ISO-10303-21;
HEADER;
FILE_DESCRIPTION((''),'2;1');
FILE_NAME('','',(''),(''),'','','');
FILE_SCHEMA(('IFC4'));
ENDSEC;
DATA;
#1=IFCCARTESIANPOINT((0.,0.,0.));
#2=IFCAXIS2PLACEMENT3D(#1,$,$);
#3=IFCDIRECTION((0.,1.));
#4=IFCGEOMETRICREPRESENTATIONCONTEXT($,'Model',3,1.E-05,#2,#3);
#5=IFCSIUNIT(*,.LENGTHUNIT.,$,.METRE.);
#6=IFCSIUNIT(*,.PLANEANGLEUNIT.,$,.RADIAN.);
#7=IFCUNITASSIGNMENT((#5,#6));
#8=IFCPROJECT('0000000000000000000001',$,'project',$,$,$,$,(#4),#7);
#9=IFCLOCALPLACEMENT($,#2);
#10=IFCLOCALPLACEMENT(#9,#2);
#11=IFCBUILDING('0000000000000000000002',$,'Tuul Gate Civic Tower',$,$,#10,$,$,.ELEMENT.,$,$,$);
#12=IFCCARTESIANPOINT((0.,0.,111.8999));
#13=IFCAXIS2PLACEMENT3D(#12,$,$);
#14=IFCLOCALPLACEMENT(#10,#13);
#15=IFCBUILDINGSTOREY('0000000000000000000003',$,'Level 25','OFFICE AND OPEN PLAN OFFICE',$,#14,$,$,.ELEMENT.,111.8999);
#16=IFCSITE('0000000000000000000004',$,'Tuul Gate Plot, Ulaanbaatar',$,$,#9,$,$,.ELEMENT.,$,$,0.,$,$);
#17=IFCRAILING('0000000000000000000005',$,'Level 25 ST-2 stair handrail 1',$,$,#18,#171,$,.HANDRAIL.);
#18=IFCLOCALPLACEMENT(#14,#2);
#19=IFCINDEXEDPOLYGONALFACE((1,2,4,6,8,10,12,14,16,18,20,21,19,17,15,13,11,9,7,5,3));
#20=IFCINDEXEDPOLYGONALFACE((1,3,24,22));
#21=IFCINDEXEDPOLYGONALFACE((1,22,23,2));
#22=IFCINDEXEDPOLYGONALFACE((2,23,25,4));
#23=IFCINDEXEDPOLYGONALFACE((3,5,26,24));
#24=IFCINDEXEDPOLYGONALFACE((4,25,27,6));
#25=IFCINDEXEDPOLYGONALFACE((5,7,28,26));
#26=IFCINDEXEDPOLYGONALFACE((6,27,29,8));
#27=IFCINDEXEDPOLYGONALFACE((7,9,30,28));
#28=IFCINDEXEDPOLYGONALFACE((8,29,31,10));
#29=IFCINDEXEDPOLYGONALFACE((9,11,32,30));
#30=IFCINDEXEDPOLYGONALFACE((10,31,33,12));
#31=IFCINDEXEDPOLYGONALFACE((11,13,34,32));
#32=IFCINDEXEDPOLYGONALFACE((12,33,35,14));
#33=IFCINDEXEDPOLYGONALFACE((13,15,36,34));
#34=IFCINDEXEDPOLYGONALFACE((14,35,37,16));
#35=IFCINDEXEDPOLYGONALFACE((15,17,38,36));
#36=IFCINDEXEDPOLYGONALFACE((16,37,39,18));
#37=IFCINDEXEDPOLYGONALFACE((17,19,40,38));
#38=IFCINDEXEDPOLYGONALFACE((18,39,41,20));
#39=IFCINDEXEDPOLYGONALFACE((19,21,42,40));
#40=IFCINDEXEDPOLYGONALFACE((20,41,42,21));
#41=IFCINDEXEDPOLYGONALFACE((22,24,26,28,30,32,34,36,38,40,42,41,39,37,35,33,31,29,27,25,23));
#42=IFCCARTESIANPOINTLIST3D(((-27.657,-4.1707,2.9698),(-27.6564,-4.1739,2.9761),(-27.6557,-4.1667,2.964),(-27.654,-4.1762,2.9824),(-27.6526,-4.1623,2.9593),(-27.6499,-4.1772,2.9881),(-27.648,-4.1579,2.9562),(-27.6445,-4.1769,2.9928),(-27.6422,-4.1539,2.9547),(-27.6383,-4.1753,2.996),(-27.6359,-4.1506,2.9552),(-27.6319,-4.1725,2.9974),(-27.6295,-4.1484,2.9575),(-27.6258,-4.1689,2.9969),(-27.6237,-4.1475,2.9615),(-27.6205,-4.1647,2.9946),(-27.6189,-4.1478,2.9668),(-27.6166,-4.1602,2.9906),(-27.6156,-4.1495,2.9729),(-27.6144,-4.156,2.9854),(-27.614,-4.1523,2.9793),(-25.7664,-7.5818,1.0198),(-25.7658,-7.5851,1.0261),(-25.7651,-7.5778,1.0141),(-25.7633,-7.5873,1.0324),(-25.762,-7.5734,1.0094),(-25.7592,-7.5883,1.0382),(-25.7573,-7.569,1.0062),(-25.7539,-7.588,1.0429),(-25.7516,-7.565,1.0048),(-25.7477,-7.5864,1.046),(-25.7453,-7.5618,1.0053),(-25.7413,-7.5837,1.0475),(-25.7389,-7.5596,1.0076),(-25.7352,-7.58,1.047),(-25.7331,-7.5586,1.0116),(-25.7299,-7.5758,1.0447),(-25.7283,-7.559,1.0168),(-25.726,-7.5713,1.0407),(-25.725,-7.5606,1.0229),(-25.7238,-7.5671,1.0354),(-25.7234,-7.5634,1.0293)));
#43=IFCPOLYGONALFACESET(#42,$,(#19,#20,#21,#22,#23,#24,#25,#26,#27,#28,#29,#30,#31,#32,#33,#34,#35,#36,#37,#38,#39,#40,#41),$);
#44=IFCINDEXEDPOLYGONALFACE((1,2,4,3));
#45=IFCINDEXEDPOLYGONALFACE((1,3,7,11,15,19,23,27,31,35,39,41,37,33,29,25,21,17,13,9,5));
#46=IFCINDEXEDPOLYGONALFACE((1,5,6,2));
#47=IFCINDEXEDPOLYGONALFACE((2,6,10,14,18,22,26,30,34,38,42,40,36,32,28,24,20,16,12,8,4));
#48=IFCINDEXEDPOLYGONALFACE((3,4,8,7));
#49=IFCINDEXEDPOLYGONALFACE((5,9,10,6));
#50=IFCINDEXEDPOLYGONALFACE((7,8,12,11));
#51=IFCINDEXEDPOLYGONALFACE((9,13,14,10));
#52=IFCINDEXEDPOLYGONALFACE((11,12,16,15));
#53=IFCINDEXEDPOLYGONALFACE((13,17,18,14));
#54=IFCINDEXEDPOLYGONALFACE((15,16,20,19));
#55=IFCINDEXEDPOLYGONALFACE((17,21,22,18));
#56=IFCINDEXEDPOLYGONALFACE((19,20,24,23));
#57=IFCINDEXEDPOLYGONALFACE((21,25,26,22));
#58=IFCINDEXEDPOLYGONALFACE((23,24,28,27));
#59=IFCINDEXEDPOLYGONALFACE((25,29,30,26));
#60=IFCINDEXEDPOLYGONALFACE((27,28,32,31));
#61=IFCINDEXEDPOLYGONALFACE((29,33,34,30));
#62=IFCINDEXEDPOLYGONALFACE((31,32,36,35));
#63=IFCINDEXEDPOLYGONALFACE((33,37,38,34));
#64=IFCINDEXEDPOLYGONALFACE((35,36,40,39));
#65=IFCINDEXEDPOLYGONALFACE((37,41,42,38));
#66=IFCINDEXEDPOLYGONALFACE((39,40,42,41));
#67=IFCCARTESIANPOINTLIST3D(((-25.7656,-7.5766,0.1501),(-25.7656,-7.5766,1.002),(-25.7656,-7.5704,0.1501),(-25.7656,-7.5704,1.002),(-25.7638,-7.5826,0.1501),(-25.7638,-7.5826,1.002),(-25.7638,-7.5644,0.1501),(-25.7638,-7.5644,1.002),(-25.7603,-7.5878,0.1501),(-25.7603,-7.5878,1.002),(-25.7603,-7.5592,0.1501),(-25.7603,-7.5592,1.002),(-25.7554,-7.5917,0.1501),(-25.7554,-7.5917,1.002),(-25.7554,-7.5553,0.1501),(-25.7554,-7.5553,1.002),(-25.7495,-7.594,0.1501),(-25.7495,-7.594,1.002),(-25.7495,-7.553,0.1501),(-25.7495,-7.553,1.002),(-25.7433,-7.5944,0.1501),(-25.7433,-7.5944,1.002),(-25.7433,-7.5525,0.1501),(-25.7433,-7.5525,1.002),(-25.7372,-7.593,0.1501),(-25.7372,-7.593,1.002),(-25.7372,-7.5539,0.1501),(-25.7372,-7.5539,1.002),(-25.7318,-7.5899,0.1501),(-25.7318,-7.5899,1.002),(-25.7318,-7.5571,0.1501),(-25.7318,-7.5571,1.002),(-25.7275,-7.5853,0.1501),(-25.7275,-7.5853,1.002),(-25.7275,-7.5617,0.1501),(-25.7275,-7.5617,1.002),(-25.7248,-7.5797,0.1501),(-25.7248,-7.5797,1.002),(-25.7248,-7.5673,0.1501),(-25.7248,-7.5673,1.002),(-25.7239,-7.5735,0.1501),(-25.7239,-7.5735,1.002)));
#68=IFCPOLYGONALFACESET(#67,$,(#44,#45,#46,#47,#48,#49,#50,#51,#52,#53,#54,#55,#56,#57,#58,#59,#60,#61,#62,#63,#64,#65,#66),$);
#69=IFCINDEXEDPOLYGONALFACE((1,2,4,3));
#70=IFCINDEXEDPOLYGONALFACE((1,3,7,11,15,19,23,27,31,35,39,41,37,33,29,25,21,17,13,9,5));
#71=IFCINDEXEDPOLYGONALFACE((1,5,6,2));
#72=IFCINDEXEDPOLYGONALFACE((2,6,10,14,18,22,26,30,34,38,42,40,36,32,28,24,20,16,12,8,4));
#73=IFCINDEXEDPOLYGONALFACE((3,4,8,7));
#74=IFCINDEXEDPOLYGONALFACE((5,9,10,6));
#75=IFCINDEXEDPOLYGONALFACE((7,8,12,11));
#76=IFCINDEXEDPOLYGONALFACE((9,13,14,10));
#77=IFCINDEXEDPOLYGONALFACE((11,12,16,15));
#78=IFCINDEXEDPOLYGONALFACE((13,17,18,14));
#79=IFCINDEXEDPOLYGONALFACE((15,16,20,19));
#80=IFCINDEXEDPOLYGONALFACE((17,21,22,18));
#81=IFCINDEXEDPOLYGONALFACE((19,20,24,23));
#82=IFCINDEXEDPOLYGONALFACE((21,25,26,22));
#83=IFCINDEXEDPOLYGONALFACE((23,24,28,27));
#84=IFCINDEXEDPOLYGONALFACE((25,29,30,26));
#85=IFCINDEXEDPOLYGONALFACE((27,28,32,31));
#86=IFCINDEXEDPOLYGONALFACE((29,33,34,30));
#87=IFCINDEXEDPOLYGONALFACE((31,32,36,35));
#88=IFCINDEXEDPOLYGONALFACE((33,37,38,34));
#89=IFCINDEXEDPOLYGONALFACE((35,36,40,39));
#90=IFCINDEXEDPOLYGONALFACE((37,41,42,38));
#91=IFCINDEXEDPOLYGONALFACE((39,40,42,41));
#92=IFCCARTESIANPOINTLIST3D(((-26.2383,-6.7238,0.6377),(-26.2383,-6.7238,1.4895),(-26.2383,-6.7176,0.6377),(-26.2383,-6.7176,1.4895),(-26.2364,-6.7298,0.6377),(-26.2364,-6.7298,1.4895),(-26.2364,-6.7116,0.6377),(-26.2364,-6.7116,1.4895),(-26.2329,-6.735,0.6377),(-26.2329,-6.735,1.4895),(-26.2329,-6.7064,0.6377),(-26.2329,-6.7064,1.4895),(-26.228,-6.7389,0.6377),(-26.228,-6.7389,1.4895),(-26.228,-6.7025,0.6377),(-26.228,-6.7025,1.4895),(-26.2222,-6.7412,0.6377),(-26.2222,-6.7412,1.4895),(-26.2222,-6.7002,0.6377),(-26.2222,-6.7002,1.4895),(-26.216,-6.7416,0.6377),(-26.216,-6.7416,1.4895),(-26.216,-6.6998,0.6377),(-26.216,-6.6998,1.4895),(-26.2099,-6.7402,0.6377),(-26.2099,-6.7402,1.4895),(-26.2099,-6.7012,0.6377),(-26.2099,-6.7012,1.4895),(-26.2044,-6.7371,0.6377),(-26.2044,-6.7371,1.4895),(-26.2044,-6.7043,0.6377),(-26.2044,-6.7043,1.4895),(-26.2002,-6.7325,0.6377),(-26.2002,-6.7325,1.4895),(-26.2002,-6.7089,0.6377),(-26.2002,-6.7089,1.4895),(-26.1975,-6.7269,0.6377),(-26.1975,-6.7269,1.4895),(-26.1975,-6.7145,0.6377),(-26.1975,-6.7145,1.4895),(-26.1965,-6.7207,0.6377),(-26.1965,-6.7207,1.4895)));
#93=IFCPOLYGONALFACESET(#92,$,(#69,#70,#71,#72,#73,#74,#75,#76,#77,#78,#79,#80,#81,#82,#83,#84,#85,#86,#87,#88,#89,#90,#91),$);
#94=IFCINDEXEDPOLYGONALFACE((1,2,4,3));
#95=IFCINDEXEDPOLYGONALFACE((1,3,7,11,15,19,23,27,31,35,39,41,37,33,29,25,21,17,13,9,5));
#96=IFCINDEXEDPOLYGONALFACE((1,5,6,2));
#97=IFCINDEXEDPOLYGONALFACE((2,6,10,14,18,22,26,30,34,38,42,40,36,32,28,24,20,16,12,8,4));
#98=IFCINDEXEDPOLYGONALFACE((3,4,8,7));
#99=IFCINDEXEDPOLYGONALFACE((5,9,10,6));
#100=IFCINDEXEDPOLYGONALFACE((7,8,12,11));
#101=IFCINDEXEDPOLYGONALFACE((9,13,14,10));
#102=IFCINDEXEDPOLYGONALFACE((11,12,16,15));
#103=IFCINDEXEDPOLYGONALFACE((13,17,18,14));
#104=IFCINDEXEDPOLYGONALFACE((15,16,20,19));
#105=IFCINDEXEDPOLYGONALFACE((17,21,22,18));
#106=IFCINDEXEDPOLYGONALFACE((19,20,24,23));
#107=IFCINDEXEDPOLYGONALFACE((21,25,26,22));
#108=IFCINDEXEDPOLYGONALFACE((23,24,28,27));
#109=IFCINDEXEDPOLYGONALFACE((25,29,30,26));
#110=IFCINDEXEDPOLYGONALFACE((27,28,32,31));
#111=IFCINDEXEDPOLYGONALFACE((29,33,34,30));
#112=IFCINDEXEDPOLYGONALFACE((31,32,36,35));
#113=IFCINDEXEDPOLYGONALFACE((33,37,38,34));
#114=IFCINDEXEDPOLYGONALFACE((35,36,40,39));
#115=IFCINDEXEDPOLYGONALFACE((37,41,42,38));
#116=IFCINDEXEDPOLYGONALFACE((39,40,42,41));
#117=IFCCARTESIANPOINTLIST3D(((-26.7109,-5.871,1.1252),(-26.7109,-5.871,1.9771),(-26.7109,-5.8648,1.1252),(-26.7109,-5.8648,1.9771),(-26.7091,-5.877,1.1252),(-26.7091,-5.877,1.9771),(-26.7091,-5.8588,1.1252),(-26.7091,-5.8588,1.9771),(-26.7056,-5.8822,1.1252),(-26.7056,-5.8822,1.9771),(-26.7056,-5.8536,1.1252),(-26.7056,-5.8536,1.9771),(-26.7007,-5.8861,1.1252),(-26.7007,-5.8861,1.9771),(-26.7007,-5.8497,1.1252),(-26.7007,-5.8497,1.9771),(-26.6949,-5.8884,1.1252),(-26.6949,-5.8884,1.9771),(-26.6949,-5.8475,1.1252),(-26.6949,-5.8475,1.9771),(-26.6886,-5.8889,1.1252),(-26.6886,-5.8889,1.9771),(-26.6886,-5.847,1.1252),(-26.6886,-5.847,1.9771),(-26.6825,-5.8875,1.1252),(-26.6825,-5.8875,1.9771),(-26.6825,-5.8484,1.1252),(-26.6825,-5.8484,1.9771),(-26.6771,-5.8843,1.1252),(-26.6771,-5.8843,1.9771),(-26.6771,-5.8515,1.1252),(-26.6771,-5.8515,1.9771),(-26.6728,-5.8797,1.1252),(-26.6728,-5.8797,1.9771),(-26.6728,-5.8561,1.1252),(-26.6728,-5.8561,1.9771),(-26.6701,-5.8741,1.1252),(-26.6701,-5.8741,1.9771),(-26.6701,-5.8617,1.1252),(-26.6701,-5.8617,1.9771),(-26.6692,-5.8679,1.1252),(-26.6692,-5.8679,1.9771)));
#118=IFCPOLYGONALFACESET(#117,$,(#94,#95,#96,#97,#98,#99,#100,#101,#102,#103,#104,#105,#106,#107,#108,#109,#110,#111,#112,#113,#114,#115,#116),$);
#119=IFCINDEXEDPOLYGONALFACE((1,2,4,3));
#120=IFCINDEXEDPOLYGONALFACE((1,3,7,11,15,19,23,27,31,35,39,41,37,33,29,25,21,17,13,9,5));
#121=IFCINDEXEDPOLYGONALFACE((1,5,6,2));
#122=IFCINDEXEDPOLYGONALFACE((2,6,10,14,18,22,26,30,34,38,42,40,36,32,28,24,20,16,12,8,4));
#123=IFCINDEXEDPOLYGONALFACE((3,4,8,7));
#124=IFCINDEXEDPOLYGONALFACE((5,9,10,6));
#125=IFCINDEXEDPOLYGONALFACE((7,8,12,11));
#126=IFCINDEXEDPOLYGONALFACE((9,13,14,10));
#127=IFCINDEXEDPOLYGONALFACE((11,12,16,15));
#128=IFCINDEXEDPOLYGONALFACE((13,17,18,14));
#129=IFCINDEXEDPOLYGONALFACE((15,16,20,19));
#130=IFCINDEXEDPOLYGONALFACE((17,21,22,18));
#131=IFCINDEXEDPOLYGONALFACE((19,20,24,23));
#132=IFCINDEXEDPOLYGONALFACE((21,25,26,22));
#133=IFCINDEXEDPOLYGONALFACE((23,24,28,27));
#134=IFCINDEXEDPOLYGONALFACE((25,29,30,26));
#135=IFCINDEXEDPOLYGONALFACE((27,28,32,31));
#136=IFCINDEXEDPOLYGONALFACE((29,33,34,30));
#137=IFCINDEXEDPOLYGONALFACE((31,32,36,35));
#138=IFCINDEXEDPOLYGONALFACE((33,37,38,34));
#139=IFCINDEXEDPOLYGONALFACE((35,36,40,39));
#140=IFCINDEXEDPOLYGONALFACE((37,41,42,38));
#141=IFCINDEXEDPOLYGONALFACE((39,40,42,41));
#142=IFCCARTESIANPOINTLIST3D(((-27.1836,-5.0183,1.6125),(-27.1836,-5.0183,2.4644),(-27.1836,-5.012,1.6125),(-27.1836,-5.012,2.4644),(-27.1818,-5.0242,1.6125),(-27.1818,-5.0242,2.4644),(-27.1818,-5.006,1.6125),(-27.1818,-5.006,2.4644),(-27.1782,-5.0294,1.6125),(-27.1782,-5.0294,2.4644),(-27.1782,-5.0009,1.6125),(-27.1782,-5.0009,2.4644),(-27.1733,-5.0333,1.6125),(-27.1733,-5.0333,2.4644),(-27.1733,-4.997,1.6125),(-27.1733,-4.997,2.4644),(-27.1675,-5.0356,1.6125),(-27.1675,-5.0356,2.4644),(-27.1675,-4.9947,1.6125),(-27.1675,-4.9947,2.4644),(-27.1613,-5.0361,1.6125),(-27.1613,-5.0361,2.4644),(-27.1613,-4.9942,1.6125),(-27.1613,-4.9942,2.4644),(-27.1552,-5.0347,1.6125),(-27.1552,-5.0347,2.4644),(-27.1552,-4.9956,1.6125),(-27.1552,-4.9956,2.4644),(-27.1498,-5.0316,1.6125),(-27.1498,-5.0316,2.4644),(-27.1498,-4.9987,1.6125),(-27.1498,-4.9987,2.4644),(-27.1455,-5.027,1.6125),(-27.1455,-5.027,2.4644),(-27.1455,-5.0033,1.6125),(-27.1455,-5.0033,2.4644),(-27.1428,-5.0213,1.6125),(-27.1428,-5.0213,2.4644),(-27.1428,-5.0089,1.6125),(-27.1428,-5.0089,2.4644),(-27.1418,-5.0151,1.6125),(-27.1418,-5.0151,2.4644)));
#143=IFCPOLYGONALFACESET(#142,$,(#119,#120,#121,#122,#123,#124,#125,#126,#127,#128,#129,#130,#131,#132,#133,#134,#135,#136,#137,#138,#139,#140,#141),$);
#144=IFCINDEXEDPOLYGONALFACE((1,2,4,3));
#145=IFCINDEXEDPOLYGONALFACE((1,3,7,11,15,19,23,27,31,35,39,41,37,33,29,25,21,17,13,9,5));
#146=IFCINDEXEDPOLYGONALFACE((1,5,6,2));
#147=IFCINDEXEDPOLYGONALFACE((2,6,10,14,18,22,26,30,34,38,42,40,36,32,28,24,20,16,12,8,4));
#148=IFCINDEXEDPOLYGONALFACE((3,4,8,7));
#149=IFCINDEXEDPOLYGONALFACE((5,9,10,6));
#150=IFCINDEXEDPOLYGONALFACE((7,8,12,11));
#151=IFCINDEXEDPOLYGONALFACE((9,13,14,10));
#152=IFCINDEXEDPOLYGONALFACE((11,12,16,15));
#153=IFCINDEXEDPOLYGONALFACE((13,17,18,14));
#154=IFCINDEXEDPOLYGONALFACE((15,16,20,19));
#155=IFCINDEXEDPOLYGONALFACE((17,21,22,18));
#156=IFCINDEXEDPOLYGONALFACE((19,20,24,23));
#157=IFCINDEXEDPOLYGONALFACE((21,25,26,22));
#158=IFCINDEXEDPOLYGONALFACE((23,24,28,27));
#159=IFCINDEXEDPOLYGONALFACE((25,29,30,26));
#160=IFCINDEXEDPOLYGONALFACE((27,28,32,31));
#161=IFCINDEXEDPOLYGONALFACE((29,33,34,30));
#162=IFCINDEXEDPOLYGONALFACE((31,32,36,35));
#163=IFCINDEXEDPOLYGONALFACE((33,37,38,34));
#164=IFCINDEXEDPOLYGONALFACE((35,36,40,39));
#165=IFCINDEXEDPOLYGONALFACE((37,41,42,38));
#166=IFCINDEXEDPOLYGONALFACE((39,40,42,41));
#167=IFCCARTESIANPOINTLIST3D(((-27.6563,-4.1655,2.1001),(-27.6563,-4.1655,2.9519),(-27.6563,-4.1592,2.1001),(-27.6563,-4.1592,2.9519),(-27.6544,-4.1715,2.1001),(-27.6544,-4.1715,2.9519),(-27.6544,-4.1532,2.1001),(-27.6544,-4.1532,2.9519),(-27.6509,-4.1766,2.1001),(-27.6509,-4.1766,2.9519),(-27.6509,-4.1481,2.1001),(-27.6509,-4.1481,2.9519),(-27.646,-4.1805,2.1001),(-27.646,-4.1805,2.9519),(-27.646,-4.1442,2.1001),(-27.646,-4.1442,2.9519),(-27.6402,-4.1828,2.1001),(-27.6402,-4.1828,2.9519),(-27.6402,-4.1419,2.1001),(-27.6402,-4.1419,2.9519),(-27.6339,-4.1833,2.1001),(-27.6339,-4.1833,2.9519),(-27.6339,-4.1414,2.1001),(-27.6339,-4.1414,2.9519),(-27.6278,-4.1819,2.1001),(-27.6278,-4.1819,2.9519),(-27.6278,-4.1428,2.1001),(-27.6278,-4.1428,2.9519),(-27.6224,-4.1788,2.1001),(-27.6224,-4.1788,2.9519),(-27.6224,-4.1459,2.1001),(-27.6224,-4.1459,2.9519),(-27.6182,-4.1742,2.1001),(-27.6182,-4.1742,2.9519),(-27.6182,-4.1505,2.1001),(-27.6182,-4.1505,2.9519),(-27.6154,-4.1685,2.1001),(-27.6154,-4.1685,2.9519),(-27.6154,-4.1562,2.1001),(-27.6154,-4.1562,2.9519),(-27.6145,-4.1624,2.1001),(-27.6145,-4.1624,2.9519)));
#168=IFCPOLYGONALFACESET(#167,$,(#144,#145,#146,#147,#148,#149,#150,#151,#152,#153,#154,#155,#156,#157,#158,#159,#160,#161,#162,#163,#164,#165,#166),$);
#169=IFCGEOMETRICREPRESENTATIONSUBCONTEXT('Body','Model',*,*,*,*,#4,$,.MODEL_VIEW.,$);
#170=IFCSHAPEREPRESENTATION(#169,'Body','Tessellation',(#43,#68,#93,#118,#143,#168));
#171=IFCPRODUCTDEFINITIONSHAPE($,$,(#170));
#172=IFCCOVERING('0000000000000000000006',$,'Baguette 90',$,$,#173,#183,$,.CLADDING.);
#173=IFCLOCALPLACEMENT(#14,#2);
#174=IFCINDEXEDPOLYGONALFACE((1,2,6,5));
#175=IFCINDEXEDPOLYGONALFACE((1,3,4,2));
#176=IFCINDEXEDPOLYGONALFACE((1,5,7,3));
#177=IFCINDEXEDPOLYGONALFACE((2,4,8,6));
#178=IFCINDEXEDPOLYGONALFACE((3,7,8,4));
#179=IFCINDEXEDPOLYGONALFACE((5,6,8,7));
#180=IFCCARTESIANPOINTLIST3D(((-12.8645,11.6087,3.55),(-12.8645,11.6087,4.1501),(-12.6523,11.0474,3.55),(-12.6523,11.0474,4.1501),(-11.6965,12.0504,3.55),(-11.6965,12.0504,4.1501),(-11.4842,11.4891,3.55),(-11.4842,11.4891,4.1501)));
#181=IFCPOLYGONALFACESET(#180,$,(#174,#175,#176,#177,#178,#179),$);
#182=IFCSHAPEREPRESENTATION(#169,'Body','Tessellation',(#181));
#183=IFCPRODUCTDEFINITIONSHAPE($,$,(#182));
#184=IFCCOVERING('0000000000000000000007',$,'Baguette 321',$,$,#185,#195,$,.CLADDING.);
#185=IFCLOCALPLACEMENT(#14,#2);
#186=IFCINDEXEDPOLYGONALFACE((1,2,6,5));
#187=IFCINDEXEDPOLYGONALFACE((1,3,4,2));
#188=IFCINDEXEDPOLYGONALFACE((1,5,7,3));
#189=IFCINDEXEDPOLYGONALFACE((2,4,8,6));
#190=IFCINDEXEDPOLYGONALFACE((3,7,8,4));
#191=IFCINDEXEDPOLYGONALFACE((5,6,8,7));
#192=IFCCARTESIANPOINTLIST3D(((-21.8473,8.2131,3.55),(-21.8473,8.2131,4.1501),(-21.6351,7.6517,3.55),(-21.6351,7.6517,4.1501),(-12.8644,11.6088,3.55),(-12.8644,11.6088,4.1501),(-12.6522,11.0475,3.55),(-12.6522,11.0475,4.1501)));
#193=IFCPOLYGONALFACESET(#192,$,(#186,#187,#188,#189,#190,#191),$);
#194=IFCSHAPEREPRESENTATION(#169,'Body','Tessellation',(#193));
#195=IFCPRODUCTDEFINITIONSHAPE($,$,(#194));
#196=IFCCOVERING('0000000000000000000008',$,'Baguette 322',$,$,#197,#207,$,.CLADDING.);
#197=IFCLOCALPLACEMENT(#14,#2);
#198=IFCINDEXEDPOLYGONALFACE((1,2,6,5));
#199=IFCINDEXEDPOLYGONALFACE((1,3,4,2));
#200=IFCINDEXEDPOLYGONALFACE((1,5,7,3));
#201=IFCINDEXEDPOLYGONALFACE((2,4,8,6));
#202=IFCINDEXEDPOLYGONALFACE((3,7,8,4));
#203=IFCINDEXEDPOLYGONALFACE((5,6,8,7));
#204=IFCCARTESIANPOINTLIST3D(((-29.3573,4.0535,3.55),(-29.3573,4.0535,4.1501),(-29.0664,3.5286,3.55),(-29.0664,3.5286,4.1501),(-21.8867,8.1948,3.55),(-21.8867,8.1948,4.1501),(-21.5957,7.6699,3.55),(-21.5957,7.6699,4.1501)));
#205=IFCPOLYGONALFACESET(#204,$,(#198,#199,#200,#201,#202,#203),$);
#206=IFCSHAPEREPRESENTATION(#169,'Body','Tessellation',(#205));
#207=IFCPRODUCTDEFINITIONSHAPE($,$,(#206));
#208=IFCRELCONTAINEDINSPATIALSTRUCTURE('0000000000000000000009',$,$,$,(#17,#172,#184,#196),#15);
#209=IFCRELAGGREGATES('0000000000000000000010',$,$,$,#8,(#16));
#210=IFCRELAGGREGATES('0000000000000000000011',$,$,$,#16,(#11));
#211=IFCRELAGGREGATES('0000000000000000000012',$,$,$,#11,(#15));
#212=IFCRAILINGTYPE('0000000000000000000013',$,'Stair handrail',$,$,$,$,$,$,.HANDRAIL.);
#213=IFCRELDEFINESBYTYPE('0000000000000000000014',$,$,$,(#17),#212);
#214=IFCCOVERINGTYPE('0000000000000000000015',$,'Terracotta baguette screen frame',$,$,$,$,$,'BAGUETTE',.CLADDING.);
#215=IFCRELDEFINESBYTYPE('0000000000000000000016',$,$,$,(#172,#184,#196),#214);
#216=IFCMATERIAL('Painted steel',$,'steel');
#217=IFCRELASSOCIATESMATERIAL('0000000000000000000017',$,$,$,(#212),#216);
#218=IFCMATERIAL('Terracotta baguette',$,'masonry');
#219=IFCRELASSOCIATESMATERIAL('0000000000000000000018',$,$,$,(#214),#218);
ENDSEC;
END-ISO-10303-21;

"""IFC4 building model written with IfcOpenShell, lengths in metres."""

from ifc_helpers import new_model, si_unit, direction, frame, origin, origin_2d, place, context, subcontext, project, spatial, rectangle, circle, extrude, material, material_profile, profile_set, type_object, element, save


model = new_model("IFC4")

# Units and contexts
model_context = context("Model", 3, precision=1e-05, world=origin(), true_north=direction((0.0, 1.0)))
body_context = subcontext(model_context, "Body", "Model", "MODEL_VIEW")
ifc_project = project(units=[si_unit("LENGTHUNIT", "METRE"), si_unit("PLANEANGLEUNIT", "RADIAN")], contexts=[model_context])

# Site, building, storey
site_placement = place(None, origin())
site = spatial("IfcSite", under=ifc_project, at=site_placement, Name="Tuul Gate Plot, Ulaanbaatar", CompositionType="ELEMENT", RefElevation=0.0)
building_placement = place(site_placement, origin())
building = spatial("IfcBuilding", under=site, at=building_placement, Name="Tuul Gate Civic Tower", CompositionType="ELEMENT")
storey_placement = place(building_placement, frame((0.0, 0.0, 111.8999)))
storey = spatial("IfcBuildingStorey", under=building, at=storey_placement, Name="Level 25", Description="OFFICE AND OPEN PLAN OFFICE", CompositionType="ELEMENT", Elevation=111.8999)

# Railing
ifc_material_1 = material(Name="Painted steel", Category="steel")
railing_type_1 = type_object("IfcRailingType", Name="Stair handrail", PredefinedType="HANDRAIL", material=ifc_material_1)
railing_1_placement = place(storey_placement, frame((-25.7449, -7.5735, 0.1501)))
element("IfcRailing", 1, at=railing_1_placement, inside=storey, type_object=railing_type_1, Name="Level 25 ST-2 stair handrail 1", PredefinedType="HANDRAIL", context=body_context, shape_type="SweptSolid", body=[
    extrude(circle(Radius=0.0239, at=origin_2d()), frame((0.0, 0.0, 0.876), z_axis=(-0.433595, 0.782308, 0.447201), x_axis=(-0.874641, -0.484771, 0.0)), (0.0, 0.0, 1.0), 4.3604),
    extrude(circle(Radius=0.021, at=origin_2d()), origin(), (0.0, 0.0, 1.0), 0.8518),
    extrude(circle(Radius=0.021, at=origin_2d()), frame((-0.4727, 0.8528, 0.4875)), (0.0, 0.0, 1.0), 0.8518),
    extrude(circle(Radius=0.021, at=origin_2d()), frame((-0.9453, 1.7056, 0.9751)), (0.0, 0.0, 1.0), 0.8518),
    extrude(circle(Radius=0.021, at=origin_2d()), frame((-1.418, 2.5583, 1.4624)), (0.0, 0.0, 1.0), 0.8518),
    extrude(circle(Radius=0.021, at=origin_2d()), frame((-1.8906, 3.4111, 1.95)), (0.0, 0.0, 1.0), 0.8518),
])

# Coverings
ifc_material_2 = material(Name="Terracotta baguette", Category="masonry")
ifc_material_profile_1 = material_profile(ifc_material_2, rectangle(XDim=0.6001, YDim=0.6001, at=origin_2d()), Name="Terracotta baguette screen frame")
ifc_profile_set_1 = profile_set([ifc_material_profile_1], Name="Terracotta baguette")
covering_type = type_object("IfcCoveringType", Name="Terracotta baguette screen frame", ElementType="BAGUETTE", PredefinedType="CLADDING", material=ifc_profile_set_1)
covering_1_placement = place(storey_placement, frame((-11.5903, 11.7698, 3.8501), z_axis=(-0.935361, -0.353693, 0.0), x_axis=(0.353693, -0.935361, 0.0)))
element("IfcCovering", 2, at=covering_1_placement, inside=storey, type_object=covering_type, Name="Baguette 90", PredefinedType="CLADDING", context=body_context, shape_type="SweptSolid", body=[
    extrude(rectangle(XDim=0.6001, YDim=0.6001, at=origin_2d()), origin(), (0.0, 0.0, 1.0), 1.2488),
])
covering_2_placement = place(storey_placement, frame((-12.7583, 11.3281, 3.8501), z_axis=(-0.935396, -0.353602, 0.0), x_axis=(0.353602, -0.935396, 0.0)))
element("IfcCovering", 3, at=covering_2_placement, inside=storey, type_object=covering_type, Name="Baguette 321", PredefinedType="CLADDING", context=body_context, shape_type="SweptSolid", body=[
    extrude(rectangle(XDim=0.6001, YDim=0.6001, at=origin_2d()), origin(), (0.0, 0.0, 1.0), 9.6033),
])
covering_3_placement = place(storey_placement, frame((-21.7412, 7.9324, 3.8501), z_axis=(-0.874606, -0.484835, 0.0), x_axis=(0.484835, -0.874606, 0.0)))
element("IfcCovering", 4, at=covering_3_placement, inside=storey, type_object=covering_type, Name="Baguette 322", PredefinedType="CLADDING", context=body_context, shape_type="SweptSolid", body=[
    extrude(rectangle(XDim=0.6001, YDim=0.6001, at=origin_2d()), origin(), (0.0, 0.0, 1.0), 8.5417),
])

save(model, "model.ifc")
